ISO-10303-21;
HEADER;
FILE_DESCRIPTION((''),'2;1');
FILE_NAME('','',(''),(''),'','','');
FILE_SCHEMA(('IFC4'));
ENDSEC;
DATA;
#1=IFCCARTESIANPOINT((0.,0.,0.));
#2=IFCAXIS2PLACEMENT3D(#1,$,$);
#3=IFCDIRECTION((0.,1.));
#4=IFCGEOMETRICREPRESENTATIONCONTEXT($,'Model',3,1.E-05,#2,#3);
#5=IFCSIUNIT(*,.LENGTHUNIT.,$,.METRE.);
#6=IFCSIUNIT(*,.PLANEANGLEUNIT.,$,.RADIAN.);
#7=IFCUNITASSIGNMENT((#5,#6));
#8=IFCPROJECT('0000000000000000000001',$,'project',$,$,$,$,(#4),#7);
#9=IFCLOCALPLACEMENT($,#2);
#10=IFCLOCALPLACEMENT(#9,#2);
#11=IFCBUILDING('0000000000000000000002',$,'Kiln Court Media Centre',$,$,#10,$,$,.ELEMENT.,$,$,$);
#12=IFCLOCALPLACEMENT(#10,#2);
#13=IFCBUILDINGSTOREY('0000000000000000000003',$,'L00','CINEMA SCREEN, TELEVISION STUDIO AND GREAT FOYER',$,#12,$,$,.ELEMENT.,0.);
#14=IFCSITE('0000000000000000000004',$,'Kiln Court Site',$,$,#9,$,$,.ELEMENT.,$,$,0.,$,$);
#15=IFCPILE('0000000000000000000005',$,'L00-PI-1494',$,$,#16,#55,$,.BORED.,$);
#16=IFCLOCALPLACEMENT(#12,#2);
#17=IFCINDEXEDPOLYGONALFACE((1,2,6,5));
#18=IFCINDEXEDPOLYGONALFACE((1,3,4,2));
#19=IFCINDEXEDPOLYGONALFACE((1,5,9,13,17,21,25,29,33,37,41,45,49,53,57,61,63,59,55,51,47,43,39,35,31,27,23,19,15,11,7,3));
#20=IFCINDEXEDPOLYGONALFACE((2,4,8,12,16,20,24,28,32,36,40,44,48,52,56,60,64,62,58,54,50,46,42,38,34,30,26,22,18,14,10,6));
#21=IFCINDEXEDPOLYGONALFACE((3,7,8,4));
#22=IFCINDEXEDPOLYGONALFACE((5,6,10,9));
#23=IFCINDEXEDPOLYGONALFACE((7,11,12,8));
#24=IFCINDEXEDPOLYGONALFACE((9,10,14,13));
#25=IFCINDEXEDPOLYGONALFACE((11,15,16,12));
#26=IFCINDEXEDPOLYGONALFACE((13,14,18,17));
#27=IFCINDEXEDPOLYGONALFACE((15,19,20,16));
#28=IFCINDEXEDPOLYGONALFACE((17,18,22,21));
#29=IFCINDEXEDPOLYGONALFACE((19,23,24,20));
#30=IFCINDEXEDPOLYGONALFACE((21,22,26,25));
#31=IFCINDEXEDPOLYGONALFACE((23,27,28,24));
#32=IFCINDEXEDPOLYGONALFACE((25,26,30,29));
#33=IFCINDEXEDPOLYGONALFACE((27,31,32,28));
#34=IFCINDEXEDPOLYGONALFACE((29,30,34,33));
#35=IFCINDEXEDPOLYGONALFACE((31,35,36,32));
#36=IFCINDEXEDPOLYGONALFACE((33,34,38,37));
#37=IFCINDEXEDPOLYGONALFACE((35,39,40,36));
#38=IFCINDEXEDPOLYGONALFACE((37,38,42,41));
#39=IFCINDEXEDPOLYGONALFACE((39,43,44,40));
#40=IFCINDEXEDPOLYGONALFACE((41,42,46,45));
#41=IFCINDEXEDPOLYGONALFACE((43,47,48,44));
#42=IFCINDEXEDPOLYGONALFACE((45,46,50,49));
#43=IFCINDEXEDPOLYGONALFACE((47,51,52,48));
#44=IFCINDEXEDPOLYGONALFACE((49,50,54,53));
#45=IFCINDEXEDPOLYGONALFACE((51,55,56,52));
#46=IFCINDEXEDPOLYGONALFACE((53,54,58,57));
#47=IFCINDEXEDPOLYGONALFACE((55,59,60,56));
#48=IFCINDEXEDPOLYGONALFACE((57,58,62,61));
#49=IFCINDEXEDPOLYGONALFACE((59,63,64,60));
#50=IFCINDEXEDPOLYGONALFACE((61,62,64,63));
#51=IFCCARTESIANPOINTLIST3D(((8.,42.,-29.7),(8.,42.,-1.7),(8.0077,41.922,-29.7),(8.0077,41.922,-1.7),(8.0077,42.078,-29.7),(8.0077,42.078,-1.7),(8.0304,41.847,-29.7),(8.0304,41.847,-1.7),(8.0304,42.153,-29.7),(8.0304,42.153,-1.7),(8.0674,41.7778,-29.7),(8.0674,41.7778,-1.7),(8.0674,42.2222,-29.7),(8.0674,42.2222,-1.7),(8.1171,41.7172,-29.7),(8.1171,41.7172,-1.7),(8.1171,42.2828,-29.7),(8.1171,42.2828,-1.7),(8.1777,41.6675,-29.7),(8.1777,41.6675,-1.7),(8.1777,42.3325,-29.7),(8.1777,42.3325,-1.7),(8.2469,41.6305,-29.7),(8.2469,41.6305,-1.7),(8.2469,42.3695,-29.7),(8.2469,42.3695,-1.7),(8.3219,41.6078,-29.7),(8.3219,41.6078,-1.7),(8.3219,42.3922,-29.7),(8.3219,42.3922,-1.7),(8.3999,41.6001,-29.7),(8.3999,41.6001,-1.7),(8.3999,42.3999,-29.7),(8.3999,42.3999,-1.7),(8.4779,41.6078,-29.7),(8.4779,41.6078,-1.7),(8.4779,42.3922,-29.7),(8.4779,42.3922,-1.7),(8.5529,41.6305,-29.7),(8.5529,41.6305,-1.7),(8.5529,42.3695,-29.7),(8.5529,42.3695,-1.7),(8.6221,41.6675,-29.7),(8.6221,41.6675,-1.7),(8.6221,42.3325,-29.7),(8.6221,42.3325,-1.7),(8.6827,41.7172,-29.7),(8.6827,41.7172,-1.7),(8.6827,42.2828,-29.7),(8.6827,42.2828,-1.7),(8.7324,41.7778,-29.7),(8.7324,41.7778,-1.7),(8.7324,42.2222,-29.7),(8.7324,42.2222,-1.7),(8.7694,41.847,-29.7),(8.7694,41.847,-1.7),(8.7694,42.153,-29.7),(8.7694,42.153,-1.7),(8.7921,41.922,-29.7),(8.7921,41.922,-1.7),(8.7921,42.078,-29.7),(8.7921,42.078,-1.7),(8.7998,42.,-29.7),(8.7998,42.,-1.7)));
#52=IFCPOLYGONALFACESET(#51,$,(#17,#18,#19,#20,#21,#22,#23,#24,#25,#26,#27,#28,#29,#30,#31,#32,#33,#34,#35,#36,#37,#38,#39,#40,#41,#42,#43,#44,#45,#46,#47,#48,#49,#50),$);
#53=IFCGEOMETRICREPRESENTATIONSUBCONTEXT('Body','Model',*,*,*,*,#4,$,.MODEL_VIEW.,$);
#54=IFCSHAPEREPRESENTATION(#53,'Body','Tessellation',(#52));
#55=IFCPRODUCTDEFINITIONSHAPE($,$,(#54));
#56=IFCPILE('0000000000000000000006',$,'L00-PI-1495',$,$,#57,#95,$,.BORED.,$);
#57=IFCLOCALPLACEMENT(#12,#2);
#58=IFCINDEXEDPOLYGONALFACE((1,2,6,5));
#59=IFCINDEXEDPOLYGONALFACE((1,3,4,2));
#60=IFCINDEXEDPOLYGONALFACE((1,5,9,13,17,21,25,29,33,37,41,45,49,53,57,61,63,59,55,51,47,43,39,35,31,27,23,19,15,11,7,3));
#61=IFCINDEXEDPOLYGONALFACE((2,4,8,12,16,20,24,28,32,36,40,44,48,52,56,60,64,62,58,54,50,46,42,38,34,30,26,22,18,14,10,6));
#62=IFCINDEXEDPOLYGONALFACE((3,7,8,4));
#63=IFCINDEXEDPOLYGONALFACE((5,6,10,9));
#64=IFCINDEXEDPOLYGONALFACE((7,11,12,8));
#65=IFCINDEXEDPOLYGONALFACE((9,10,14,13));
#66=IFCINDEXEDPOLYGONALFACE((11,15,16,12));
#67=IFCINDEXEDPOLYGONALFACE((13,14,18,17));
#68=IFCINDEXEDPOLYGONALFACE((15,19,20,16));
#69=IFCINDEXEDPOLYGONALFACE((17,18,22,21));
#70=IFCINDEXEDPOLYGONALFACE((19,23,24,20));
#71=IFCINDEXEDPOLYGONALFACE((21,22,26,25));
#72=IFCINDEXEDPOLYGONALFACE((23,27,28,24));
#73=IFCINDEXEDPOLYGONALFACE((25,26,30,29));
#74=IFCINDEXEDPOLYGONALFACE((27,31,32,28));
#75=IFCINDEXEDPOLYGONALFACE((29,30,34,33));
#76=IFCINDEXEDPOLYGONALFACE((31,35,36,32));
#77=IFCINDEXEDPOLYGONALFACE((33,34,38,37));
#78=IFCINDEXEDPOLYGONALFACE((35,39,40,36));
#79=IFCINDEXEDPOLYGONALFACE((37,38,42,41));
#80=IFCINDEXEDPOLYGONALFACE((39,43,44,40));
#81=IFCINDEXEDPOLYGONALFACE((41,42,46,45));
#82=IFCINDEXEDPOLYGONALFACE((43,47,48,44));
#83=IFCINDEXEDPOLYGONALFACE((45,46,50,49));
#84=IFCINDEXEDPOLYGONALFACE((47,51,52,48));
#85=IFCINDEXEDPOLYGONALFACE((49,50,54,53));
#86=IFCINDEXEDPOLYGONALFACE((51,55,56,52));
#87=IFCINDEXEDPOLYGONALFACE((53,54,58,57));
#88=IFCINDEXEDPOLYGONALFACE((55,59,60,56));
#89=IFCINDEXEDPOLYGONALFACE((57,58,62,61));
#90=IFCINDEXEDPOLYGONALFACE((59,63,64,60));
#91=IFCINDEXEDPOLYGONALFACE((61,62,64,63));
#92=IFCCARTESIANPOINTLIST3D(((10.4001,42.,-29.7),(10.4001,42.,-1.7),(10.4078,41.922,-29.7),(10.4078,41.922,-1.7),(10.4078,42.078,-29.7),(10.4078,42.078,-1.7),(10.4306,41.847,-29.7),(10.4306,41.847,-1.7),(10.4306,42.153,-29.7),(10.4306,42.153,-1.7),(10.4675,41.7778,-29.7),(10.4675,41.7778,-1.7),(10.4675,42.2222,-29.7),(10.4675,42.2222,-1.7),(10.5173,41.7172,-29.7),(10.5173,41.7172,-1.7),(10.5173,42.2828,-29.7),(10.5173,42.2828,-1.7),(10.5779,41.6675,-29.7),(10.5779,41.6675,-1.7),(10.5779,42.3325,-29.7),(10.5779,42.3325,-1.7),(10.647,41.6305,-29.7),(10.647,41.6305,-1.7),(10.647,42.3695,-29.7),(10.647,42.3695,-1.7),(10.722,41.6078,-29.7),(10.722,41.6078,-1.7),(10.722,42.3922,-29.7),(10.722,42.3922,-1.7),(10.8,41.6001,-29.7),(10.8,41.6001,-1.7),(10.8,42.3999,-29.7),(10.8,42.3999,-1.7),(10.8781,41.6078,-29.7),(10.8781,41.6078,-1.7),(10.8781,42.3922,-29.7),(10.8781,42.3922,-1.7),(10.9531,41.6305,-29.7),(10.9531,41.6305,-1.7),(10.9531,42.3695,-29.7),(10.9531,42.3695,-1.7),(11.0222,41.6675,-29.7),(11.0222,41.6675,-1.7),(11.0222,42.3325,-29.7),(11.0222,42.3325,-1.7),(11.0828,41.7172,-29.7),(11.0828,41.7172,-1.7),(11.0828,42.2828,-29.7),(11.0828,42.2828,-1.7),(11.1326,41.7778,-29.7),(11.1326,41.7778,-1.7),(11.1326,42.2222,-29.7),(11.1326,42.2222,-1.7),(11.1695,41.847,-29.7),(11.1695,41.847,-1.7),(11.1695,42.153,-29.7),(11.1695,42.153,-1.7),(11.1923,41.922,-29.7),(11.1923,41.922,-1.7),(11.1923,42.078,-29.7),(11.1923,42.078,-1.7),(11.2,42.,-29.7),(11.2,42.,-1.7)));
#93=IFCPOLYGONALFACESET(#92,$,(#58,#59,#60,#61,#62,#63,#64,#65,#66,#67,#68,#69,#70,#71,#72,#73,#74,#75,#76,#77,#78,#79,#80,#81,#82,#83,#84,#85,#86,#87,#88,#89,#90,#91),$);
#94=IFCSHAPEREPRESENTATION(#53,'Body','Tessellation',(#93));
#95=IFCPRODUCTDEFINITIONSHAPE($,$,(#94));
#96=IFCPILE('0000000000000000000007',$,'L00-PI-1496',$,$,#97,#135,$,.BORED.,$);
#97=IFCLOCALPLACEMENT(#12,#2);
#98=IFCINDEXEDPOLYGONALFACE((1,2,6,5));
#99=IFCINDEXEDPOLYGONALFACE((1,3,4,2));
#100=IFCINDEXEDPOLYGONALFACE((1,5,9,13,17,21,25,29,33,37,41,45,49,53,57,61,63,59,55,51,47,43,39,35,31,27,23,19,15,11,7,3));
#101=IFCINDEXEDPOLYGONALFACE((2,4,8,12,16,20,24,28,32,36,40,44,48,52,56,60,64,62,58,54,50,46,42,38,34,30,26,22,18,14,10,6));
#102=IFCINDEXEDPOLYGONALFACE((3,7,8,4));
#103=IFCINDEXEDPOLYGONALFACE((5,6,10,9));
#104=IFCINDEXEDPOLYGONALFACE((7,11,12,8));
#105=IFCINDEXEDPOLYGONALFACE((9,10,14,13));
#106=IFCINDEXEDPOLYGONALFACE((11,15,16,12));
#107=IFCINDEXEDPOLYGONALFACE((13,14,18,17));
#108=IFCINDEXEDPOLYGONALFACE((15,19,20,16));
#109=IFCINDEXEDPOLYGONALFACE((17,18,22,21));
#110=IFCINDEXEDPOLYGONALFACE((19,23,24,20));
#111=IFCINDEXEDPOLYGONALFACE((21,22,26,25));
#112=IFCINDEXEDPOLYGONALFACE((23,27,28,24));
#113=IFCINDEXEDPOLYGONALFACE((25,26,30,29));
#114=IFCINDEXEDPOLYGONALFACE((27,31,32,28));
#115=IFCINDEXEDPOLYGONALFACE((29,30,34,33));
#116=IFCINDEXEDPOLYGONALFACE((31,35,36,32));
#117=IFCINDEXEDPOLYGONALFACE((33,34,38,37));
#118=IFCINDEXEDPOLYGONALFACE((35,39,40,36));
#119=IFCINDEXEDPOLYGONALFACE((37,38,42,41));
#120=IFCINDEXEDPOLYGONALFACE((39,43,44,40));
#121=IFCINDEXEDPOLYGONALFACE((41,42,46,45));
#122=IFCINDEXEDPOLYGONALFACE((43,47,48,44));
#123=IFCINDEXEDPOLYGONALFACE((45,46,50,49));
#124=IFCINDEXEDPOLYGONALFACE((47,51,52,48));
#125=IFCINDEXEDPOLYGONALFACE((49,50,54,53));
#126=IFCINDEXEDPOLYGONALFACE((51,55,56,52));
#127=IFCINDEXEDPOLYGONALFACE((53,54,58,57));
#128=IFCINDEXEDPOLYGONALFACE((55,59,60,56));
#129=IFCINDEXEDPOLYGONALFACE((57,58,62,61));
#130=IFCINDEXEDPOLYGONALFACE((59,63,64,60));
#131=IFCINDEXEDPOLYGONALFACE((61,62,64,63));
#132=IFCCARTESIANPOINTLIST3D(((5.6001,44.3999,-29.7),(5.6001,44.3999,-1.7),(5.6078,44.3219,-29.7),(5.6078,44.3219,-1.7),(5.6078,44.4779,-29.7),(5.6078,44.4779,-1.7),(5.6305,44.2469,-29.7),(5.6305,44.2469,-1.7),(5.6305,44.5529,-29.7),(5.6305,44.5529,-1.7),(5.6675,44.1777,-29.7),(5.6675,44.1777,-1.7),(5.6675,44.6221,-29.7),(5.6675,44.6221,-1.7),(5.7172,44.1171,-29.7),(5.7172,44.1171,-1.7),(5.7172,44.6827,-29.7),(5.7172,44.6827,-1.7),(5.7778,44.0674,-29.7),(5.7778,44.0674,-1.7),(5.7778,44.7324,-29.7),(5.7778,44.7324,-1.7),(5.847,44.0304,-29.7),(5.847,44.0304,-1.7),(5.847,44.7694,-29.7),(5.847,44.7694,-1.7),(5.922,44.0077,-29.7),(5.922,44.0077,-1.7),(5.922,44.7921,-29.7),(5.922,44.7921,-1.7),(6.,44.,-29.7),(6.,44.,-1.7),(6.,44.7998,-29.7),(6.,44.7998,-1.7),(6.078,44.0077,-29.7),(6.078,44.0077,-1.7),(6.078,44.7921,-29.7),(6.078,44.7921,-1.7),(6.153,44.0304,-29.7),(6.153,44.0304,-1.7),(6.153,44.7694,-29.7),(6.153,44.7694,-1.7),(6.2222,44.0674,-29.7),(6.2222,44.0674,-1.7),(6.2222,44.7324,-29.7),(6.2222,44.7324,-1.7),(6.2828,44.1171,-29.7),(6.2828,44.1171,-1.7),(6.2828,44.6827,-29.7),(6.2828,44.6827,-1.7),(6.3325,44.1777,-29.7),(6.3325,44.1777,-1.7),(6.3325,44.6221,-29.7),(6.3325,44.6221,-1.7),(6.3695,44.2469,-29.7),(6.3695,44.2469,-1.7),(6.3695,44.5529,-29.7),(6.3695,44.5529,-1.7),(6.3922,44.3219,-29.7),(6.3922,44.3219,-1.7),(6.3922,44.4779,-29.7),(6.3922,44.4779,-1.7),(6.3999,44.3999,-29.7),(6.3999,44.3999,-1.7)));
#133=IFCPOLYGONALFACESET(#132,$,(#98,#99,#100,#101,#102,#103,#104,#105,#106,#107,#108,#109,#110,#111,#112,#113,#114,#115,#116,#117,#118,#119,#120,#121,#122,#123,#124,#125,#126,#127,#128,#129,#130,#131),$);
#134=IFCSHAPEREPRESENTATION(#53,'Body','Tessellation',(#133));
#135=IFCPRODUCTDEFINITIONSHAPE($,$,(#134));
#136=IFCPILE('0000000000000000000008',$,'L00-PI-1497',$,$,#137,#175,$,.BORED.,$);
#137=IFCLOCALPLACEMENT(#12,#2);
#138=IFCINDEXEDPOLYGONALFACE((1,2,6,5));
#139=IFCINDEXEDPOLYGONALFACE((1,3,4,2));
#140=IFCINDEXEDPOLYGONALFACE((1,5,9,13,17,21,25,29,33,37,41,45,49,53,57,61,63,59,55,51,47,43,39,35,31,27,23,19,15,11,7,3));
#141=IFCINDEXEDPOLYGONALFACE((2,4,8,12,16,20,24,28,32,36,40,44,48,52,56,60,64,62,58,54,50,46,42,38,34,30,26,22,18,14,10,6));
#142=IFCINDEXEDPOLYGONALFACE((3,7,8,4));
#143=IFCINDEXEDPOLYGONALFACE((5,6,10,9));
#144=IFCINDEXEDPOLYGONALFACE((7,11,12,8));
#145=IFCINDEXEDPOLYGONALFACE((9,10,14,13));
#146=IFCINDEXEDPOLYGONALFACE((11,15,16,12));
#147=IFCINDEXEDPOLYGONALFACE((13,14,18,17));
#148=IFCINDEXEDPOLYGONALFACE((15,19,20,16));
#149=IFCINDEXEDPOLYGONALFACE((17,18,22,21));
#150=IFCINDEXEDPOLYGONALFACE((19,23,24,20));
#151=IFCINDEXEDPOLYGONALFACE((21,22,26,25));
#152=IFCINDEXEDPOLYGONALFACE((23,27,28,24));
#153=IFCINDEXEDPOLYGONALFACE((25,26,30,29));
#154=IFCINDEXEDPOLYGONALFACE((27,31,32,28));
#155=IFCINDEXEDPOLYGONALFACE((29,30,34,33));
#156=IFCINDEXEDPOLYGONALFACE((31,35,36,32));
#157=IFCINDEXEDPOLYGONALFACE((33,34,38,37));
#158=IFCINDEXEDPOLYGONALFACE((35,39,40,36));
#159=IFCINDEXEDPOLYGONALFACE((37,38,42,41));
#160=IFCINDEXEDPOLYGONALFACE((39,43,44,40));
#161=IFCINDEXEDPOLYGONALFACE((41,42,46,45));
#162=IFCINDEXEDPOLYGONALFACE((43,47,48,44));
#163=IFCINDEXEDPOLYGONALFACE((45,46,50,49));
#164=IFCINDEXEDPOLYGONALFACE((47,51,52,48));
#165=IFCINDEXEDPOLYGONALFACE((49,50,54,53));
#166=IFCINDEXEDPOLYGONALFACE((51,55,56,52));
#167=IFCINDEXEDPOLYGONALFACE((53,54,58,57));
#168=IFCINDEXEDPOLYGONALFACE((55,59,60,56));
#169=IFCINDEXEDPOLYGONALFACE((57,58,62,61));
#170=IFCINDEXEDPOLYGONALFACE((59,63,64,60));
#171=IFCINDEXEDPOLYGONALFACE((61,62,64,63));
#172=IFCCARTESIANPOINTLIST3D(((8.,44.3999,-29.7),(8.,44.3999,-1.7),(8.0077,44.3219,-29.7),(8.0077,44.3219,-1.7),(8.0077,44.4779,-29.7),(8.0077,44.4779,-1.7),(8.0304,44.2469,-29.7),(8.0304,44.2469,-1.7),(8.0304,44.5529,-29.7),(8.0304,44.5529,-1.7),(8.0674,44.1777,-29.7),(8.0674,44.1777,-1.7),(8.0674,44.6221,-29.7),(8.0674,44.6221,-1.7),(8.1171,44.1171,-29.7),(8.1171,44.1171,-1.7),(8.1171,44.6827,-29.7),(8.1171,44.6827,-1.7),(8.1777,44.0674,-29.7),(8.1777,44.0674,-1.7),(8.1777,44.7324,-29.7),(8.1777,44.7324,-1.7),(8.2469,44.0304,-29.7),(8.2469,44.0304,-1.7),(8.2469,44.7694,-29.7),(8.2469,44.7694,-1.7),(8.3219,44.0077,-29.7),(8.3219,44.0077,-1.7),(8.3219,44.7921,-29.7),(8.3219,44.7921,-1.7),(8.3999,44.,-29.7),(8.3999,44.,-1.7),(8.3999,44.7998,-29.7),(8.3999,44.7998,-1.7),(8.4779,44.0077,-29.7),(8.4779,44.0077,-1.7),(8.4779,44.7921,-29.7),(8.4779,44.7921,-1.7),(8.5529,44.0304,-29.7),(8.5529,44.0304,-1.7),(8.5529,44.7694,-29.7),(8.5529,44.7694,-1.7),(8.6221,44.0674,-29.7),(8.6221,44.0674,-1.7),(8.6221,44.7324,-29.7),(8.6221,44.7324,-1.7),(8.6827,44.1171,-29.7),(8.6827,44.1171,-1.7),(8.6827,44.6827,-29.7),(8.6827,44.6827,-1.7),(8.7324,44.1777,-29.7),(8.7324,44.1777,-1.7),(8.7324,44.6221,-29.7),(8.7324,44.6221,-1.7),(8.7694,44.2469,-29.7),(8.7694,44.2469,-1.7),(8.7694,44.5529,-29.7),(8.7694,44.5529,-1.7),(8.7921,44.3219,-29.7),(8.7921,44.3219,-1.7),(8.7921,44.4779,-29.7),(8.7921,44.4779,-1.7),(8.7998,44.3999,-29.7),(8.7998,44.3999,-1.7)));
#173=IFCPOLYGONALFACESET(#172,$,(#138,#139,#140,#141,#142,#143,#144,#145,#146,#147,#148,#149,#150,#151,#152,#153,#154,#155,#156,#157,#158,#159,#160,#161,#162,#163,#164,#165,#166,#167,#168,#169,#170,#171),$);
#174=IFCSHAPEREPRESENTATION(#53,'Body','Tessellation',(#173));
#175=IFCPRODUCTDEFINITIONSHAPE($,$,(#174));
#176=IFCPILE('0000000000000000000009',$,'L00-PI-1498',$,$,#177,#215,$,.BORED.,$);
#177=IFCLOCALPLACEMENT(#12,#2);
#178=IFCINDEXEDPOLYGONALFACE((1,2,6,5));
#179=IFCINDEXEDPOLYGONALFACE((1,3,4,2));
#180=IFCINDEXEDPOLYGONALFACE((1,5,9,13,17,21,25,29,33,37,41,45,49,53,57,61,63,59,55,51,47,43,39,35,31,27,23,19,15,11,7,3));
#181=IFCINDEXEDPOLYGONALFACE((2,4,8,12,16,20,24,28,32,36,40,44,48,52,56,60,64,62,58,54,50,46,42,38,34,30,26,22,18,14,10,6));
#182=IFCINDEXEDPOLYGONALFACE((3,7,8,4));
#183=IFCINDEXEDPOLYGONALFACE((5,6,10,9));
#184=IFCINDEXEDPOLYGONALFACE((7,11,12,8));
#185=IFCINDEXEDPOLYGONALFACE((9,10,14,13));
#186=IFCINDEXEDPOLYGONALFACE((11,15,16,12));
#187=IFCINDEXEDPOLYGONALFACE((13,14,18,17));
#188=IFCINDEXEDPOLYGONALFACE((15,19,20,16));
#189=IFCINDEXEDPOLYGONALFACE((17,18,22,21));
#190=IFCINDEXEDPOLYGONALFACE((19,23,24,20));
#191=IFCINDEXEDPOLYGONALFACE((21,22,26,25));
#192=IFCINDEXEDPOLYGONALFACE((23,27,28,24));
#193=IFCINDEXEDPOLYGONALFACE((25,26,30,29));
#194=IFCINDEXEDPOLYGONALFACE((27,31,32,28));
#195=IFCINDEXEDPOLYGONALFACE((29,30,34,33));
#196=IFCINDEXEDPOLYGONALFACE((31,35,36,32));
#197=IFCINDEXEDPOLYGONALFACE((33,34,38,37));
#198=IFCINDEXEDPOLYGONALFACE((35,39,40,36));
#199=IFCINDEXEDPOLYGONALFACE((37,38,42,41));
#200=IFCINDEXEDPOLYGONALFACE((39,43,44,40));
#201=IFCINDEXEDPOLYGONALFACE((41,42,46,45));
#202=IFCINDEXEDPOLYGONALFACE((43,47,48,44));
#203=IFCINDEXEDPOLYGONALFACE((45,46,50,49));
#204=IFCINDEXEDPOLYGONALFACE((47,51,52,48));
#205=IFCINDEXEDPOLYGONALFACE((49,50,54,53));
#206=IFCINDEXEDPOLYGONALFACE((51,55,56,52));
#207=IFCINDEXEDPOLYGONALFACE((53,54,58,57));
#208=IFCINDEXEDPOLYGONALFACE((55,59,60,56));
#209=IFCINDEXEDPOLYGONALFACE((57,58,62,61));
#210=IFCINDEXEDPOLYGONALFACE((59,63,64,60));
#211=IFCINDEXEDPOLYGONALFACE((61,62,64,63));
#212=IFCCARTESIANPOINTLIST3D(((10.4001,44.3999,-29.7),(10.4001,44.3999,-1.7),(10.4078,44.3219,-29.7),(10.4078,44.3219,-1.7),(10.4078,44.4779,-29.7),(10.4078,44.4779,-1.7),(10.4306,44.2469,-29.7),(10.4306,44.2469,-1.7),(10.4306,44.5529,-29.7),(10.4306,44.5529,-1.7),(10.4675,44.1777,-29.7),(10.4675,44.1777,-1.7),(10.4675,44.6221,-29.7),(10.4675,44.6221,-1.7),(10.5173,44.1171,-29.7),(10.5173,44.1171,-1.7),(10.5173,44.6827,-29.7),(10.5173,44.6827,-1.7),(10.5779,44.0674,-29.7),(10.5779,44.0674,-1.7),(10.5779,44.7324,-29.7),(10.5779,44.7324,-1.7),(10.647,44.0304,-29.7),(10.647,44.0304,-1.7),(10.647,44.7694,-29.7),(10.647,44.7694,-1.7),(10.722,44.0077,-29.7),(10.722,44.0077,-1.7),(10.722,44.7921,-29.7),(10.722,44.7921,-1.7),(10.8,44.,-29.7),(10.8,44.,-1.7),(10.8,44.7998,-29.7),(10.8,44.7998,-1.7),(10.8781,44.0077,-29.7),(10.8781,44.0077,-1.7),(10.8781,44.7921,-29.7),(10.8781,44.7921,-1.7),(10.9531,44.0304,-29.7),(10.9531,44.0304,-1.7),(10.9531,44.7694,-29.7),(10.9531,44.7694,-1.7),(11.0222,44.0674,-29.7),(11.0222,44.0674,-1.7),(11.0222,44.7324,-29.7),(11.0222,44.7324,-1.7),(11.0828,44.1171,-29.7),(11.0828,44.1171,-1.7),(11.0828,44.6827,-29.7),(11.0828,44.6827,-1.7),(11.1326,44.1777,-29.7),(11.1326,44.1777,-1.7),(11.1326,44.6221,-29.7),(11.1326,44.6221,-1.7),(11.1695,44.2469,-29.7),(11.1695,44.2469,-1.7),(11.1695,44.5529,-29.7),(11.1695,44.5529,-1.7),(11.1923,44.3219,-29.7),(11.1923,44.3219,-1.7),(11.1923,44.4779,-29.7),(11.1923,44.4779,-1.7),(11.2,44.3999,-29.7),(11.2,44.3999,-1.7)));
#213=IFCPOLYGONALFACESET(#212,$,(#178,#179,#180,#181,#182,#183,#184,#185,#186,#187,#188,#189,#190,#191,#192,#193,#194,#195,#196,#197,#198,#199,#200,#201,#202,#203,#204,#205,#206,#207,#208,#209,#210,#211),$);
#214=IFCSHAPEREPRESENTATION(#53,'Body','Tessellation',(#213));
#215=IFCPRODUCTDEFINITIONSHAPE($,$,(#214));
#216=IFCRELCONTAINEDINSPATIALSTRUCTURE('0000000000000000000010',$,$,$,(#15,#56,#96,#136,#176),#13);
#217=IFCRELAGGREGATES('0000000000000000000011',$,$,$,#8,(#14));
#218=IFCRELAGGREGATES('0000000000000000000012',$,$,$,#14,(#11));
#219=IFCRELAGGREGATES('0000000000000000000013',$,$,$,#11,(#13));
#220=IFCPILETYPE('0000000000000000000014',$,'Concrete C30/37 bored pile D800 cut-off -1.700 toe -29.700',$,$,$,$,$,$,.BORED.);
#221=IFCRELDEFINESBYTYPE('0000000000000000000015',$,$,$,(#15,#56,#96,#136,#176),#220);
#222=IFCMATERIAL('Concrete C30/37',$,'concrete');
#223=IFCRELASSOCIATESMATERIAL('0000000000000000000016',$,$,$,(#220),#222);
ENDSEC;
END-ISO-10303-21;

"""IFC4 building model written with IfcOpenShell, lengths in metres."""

from ifc_helpers import new_model, si_unit, direction, frame, origin, origin_2d, place, context, subcontext, project, spatial, circle, extrude, material, material_profile, profile_set, type_object, element, save


model = new_model("IFC4")

# Units and contexts
model_context = context("Model", 3, precision=1e-05, world=origin(), true_north=direction((0.0, 1.0)))
body_context = subcontext(model_context, "Body", "Model", "MODEL_VIEW")
ifc_project = project(units=[si_unit("LENGTHUNIT", "METRE"), si_unit("PLANEANGLEUNIT", "RADIAN")], contexts=[model_context])

# Site, building, storey
site_placement = place(None, origin())
site = spatial("IfcSite", under=ifc_project, at=site_placement, Name="Kiln Court Site", CompositionType="ELEMENT", RefElevation=0.0)
building_placement = place(site_placement, origin())
building = spatial("IfcBuilding", under=site, at=building_placement, Name="Kiln Court Media Centre", CompositionType="ELEMENT")
storey_placement = place(building_placement, origin())
storey = spatial("IfcBuildingStorey", under=building, at=storey_placement, Name="L00", Description="CINEMA SCREEN, TELEVISION STUDIO AND GREAT FOYER", CompositionType="ELEMENT", Elevation=0.0)

# Piles
ifc_material_1 = material(Name="Concrete C30/37", Category="concrete")
ifc_material_profile_1 = material_profile(ifc_material_1, circle(Radius=0.3999, at=origin_2d()), Name="PILE D800")
ifc_profile_set_1 = profile_set([ifc_material_profile_1], Name="Concrete C30/37")
pile_type_1 = type_object("IfcPileType", Name="Concrete C30/37 bored pile D800 cut-off -1.700 toe -29.700", PredefinedType="BORED", material=ifc_profile_set_1)
for number, where, z_axis, x_axis, name in (
    (1, (8.3999, 42.0, -1.7), (0.0, 0.0, -1.0), (1.0, 0.0, 0.0), "L00-PI-1494"),
    (2, (10.8, 42.0, -1.7), (0.0, 0.0, -1.0), (1.0, 0.0, 0.0), "L00-PI-1495"),
    (3, (6.0, 44.3999, -1.7), (0.0, 0.0, -1.0), (1.0, 0.0, 0.0), "L00-PI-1496"),
    (4, (8.3999, 44.3999, -1.7), (0.0, 0.0, -1.0), (1.0, 0.0, 0.0), "L00-PI-1497"),
    (5, (10.8, 44.3999, -1.7), (0.0, 0.0, -1.0), (1.0, 0.0, 0.0), "L00-PI-1498"),
):
    element("IfcPile", number, at=place(storey_placement, frame(where, z_axis=z_axis, x_axis=x_axis)), inside=storey, type_object=pile_type_1, Name=name, PredefinedType="BORED", context=body_context, shape_type="SweptSolid", body=[
        extrude(circle(Radius=0.3999, at=origin_2d()), origin(), (0.0, 0.0, 1.0), 28.0),
    ])

save(model, "model.ifc")
